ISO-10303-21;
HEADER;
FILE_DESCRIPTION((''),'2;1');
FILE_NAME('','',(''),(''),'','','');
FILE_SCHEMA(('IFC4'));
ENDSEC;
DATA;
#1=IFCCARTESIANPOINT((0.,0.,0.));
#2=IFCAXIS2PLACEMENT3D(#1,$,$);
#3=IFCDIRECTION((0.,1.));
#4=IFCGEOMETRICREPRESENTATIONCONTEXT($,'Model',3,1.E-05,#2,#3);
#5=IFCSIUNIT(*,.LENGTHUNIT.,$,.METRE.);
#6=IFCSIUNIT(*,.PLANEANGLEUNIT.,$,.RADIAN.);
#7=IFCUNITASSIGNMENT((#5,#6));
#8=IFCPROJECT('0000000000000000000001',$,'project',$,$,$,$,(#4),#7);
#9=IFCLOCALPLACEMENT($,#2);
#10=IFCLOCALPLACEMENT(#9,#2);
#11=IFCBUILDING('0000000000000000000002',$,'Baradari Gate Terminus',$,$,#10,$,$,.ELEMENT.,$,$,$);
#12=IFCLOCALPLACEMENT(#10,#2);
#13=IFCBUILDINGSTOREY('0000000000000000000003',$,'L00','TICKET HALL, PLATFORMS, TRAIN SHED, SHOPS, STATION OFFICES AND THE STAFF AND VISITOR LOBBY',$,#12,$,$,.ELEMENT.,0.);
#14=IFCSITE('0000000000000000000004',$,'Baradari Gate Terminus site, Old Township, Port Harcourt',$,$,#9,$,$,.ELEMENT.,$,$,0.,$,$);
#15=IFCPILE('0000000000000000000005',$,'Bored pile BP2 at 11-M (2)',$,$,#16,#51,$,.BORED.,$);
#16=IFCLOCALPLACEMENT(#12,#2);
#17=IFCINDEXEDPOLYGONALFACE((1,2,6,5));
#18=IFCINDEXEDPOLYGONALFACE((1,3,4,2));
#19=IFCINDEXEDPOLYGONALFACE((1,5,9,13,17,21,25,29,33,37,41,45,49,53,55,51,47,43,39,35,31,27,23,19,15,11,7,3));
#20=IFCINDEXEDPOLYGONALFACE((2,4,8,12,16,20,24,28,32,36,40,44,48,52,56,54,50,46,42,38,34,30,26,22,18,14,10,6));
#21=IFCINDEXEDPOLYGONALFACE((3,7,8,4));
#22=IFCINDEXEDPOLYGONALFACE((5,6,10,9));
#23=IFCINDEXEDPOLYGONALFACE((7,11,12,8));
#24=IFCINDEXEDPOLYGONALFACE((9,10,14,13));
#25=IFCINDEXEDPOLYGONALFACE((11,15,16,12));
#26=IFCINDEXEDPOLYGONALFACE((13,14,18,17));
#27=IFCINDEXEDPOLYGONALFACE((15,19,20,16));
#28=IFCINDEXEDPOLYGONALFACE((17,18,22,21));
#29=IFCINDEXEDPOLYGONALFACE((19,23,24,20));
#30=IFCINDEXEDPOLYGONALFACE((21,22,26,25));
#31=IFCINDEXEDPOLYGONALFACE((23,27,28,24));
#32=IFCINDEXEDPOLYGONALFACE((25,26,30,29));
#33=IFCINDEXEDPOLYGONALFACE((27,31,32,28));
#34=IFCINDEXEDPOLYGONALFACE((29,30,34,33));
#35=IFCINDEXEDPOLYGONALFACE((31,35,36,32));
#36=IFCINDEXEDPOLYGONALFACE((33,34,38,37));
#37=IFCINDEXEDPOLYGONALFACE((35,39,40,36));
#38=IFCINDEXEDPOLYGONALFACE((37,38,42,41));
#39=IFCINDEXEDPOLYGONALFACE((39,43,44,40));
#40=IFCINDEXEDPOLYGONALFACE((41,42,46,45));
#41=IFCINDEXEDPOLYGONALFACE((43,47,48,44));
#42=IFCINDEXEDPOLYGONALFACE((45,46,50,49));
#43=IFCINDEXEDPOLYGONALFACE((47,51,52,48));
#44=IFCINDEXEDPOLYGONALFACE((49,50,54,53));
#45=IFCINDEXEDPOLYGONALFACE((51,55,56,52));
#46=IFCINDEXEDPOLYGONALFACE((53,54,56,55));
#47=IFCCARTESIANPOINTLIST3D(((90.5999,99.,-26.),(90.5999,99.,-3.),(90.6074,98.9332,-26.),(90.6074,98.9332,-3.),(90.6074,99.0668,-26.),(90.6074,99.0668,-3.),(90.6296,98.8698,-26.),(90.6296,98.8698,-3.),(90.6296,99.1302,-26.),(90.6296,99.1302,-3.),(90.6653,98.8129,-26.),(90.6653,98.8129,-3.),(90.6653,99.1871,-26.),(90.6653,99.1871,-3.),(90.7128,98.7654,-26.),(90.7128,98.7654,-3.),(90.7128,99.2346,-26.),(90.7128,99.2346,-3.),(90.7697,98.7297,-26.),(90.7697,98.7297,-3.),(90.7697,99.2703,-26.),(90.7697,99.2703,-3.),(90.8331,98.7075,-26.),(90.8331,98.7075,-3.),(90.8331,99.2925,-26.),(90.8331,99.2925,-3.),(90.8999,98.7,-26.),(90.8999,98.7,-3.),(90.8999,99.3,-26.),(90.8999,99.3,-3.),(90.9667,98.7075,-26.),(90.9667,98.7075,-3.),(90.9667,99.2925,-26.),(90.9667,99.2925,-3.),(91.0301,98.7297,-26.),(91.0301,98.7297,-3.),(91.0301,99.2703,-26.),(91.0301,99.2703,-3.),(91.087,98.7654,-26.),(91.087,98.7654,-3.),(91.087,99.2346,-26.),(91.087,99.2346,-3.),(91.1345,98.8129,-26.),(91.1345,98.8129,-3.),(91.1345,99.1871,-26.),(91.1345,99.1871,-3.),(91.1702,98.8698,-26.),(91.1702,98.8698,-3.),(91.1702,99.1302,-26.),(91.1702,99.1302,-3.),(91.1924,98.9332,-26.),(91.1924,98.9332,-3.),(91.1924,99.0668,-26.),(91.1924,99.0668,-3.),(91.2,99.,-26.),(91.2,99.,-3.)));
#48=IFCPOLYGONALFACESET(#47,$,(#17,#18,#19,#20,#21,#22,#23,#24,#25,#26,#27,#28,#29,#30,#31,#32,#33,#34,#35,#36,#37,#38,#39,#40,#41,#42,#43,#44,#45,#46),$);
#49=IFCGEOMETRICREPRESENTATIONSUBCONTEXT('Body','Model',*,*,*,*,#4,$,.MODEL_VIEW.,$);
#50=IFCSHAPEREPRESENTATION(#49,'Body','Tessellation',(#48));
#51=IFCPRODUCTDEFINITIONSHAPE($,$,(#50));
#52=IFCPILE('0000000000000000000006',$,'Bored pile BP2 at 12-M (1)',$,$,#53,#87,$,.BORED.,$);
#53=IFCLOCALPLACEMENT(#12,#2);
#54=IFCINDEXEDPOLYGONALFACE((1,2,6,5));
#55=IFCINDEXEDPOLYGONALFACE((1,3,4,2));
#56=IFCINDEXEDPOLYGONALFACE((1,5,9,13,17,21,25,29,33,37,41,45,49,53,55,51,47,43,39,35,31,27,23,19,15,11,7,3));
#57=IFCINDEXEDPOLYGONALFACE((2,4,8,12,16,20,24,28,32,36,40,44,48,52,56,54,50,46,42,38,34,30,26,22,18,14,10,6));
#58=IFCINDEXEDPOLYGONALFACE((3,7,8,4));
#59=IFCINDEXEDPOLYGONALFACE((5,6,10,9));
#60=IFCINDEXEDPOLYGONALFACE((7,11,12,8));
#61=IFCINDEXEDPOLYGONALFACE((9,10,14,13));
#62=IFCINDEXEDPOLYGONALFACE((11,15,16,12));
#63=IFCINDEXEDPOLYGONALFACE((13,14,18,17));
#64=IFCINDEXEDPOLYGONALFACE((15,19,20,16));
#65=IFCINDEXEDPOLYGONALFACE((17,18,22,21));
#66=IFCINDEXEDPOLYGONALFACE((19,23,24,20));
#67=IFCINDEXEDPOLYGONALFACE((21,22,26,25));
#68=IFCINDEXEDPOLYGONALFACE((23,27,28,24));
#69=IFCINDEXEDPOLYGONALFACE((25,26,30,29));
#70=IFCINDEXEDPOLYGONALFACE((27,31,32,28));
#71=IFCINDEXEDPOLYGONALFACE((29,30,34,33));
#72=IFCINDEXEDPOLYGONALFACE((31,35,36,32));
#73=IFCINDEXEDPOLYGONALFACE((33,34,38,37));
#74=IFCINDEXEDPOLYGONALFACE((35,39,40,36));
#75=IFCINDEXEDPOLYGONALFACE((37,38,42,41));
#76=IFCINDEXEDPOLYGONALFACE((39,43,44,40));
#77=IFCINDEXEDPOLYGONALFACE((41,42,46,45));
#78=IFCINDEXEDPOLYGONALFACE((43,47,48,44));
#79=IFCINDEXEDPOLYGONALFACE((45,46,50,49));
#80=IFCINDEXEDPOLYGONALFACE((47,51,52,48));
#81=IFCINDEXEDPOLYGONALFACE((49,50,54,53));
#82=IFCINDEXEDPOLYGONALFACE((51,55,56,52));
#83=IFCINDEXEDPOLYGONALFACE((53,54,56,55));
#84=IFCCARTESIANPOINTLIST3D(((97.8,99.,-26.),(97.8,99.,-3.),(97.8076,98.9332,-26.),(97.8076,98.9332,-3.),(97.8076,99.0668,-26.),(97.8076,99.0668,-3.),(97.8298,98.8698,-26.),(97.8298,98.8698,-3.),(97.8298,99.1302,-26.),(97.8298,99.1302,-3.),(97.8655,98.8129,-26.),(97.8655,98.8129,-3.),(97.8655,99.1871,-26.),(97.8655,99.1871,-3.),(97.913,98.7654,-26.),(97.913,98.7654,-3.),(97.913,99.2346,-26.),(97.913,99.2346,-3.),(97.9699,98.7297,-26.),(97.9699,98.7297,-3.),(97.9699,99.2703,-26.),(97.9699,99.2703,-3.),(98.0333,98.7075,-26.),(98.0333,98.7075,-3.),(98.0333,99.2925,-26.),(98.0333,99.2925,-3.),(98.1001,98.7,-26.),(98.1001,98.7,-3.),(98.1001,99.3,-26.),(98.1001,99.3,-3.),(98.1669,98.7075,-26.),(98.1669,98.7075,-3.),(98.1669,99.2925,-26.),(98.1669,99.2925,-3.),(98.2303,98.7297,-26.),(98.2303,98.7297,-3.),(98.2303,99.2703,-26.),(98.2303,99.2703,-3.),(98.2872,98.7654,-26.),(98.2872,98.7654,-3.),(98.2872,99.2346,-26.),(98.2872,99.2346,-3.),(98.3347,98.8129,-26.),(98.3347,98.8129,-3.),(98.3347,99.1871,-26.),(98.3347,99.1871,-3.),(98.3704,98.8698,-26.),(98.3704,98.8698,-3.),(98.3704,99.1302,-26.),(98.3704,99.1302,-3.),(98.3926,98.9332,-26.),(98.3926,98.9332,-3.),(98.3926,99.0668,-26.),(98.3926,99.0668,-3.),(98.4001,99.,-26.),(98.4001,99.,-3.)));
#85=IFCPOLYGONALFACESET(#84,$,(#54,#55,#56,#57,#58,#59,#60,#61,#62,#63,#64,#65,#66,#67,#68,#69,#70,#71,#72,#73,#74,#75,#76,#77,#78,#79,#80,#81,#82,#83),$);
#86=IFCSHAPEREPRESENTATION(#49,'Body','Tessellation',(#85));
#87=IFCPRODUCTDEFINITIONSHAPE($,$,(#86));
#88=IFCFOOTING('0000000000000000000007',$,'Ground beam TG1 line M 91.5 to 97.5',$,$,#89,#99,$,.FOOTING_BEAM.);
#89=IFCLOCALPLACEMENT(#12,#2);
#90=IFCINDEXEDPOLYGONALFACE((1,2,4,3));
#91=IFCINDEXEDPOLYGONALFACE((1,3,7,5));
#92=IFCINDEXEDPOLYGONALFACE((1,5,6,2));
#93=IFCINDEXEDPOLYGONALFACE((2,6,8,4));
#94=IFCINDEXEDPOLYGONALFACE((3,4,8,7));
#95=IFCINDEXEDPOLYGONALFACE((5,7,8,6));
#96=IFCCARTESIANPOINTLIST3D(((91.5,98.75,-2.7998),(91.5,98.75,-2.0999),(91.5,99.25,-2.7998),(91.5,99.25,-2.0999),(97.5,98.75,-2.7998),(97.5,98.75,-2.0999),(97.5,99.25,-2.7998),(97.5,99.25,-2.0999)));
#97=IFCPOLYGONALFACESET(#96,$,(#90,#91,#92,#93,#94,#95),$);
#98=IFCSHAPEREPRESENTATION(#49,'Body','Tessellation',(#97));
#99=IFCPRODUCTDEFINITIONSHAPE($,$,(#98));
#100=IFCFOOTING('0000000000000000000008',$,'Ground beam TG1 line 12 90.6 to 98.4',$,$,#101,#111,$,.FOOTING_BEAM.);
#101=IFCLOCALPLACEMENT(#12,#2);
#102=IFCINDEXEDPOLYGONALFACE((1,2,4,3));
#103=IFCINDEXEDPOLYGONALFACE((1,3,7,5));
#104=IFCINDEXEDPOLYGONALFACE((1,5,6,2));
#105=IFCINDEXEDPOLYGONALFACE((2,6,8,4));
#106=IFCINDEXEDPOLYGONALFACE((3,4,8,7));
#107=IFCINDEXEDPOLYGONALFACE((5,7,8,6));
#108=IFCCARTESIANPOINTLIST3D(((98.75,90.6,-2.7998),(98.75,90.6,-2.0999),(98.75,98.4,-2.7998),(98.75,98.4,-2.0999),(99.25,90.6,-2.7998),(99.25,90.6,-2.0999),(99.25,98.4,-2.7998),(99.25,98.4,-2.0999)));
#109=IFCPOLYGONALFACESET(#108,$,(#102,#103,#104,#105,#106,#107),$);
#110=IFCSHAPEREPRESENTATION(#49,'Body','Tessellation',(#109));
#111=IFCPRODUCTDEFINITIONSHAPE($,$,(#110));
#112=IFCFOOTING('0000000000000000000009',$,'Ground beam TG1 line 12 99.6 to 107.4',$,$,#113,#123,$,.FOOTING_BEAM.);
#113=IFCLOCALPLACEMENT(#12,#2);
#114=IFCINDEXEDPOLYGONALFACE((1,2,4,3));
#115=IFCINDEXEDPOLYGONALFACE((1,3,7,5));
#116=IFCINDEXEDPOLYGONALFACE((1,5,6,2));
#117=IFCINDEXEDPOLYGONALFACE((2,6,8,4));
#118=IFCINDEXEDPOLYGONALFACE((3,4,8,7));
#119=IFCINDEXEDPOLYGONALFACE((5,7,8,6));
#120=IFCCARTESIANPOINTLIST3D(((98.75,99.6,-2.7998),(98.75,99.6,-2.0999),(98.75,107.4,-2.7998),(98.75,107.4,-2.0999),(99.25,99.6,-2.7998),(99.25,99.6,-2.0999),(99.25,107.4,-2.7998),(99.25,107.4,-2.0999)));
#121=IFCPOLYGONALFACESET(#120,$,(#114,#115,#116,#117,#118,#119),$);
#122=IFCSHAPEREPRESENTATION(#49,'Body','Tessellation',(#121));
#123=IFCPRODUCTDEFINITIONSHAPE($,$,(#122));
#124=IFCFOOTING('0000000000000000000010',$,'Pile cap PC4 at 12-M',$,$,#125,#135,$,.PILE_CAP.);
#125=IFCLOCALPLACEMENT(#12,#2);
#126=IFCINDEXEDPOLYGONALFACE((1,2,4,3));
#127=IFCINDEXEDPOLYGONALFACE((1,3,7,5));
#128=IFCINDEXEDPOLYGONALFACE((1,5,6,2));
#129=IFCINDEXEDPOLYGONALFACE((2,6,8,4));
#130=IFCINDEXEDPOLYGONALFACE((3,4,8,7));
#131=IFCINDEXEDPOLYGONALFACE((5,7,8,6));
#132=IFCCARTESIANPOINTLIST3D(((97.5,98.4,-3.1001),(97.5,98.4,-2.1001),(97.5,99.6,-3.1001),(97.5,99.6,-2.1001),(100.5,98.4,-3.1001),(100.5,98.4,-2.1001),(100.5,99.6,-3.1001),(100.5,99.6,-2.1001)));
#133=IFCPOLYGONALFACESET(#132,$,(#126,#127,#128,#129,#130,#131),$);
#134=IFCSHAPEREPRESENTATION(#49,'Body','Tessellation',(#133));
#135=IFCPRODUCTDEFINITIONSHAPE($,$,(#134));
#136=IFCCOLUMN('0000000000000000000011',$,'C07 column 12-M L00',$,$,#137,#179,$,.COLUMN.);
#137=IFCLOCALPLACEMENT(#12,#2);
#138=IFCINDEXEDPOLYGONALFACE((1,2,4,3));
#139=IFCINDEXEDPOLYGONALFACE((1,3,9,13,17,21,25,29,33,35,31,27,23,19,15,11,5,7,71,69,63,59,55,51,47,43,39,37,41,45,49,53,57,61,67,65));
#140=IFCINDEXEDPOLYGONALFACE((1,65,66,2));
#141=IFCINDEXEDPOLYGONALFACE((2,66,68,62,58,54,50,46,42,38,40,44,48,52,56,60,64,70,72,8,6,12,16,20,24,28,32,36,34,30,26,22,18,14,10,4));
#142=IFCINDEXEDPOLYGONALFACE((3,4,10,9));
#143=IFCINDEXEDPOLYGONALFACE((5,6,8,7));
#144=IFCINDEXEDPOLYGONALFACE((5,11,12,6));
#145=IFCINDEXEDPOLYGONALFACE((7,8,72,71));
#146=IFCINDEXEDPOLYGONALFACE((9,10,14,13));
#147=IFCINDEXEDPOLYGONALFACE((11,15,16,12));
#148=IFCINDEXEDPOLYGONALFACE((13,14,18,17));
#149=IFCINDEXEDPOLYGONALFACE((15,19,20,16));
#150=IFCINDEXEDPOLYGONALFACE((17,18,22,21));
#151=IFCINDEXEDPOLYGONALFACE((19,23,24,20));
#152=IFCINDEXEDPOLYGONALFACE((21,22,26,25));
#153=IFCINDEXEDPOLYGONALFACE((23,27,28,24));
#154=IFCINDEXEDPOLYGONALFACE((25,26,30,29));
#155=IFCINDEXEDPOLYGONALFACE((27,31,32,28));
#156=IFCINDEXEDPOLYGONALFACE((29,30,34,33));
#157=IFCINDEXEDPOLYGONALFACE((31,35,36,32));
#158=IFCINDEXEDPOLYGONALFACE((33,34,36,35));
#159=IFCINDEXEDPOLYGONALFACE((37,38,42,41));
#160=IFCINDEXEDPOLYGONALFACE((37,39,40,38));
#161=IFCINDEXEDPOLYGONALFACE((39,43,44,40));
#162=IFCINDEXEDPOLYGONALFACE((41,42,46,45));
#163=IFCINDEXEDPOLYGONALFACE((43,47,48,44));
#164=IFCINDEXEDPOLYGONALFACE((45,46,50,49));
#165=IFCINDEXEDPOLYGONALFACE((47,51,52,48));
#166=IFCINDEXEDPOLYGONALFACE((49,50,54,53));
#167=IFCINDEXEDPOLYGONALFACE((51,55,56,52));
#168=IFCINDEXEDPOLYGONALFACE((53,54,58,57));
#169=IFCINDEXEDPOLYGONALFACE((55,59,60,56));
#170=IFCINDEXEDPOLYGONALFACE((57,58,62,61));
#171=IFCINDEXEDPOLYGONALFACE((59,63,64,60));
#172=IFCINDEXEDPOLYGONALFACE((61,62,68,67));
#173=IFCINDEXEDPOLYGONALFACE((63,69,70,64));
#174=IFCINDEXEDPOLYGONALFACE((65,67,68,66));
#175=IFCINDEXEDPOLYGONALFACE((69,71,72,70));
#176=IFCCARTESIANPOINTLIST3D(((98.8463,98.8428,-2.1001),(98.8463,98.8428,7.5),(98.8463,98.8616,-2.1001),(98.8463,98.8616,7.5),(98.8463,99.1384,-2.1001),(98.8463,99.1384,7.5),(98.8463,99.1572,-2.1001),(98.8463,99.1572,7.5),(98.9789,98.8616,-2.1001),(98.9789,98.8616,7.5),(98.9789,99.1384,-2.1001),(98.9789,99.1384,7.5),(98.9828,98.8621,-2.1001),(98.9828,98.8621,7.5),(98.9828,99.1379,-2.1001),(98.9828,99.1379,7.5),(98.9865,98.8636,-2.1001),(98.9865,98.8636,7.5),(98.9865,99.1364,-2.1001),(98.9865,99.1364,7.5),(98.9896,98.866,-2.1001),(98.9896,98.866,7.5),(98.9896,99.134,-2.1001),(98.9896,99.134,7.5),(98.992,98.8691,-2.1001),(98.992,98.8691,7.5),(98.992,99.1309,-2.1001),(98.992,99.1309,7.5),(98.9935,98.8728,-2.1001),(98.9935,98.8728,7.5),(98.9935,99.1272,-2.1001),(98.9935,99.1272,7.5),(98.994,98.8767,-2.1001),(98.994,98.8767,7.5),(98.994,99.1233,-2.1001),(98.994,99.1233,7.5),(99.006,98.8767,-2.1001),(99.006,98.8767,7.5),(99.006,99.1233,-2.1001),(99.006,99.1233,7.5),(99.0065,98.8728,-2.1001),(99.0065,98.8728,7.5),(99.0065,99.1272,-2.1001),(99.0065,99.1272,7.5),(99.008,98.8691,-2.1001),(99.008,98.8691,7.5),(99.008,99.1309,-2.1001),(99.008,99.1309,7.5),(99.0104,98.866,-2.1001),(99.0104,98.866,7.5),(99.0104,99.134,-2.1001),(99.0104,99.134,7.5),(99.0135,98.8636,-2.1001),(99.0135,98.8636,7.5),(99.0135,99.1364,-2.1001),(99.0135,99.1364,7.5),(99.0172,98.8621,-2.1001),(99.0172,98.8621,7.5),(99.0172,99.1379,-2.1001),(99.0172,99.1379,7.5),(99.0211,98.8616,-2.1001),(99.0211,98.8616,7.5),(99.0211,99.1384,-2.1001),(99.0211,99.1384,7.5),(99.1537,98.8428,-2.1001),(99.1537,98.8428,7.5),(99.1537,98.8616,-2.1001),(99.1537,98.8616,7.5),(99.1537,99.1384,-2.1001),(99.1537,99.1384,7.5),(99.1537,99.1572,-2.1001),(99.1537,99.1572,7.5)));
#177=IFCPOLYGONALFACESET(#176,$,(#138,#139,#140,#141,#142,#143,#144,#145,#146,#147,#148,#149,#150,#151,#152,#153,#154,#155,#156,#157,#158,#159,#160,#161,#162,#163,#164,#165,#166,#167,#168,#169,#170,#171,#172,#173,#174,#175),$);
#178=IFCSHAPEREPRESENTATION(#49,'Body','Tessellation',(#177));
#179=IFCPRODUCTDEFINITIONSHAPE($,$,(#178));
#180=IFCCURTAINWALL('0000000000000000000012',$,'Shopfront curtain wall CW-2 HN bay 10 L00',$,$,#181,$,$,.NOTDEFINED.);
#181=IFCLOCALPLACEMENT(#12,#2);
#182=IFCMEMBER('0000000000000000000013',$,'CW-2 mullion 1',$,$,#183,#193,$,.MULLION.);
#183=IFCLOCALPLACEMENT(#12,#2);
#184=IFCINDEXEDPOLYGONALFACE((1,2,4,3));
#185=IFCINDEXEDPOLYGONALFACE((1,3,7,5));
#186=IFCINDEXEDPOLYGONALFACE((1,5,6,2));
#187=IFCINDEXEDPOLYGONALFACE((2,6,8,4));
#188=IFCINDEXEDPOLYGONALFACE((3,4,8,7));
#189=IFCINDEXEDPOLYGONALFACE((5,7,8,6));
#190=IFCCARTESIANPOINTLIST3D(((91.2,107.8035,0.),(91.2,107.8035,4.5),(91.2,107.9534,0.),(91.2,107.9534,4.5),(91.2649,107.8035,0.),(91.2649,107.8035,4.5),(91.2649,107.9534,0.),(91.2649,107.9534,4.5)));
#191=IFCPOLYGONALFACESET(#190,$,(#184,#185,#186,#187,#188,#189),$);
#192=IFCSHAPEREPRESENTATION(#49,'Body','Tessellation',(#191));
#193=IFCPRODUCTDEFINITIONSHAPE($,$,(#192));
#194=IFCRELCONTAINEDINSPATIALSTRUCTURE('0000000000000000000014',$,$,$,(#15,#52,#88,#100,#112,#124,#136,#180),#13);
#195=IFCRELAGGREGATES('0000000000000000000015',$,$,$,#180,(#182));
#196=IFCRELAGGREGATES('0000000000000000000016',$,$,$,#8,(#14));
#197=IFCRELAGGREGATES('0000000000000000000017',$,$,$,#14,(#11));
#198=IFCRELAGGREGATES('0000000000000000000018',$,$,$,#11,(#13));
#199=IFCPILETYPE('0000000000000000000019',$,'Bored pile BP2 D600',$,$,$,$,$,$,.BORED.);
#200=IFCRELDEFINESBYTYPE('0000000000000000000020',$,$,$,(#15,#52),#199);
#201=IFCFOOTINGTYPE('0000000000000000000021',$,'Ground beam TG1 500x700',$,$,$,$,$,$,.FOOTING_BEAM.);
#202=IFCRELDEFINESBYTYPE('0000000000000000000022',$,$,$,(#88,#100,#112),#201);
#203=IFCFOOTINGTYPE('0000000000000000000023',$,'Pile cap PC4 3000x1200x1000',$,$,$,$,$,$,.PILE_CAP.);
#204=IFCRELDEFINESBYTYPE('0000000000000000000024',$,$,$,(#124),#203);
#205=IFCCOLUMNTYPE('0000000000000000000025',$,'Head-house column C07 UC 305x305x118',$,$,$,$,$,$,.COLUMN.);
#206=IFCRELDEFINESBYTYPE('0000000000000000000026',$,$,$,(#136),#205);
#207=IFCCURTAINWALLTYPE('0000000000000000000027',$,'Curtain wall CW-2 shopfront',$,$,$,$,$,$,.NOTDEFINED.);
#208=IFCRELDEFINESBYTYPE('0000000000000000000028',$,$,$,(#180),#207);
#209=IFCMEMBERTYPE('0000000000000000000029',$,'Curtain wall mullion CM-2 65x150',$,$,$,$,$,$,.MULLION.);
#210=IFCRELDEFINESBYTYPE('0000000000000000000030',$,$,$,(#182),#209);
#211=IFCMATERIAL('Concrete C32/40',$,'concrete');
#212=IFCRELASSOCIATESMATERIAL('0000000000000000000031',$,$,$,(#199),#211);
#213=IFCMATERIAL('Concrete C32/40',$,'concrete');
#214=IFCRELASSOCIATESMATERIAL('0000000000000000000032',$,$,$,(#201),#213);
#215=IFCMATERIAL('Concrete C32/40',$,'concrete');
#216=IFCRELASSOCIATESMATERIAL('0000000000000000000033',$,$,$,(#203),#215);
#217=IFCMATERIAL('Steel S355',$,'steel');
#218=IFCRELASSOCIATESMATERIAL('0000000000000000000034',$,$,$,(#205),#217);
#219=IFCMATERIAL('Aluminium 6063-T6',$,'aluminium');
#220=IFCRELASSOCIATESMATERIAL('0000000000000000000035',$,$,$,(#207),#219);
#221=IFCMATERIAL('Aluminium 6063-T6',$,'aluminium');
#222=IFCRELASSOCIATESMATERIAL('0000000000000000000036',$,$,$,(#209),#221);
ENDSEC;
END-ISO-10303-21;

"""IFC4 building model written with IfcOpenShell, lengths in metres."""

from ifc_helpers import new_model, si_unit, direction, frame, origin, origin_2d, place, context, subcontext, project, spatial, rectangle, circle, i_section, extrude, material, material_profile, profile_set, type_object, element, aggregate, save


model = new_model("IFC4")

# Units and contexts
model_context = context("Model", 3, precision=1e-05, world=origin(), true_north=direction((0.0, 1.0)))
body_context = subcontext(model_context, "Body", "Model", "MODEL_VIEW")
ifc_project = project(units=[si_unit("LENGTHUNIT", "METRE"), si_unit("PLANEANGLEUNIT", "RADIAN")], contexts=[model_context])

# Site, building, storey
site_placement = place(None, origin())
site = spatial("IfcSite", under=ifc_project, at=site_placement, Name="Baradari Gate Terminus site, Old Township, Port Harcourt", CompositionType="ELEMENT", RefElevation=0.0)
building_placement = place(site_placement, origin())
building = spatial("IfcBuilding", under=site, at=building_placement, Name="Baradari Gate Terminus", CompositionType="ELEMENT")
storey_placement = place(building_placement, origin())
storey = spatial("IfcBuildingStorey", under=building, at=storey_placement, Name="L00", Description="TICKET HALL, PLATFORMS, TRAIN SHED, SHOPS, STATION OFFICES AND THE STAFF AND VISITOR LOBBY", CompositionType="ELEMENT", Elevation=0.0)

# Piles
ifc_material_1 = material(Name="Concrete C32/40", Category="concrete")
pile_type = type_object("IfcPileType", Name="Bored pile BP2 D600", PredefinedType="BORED", material=ifc_material_1)
for number, where, z_axis, x_axis, name in (
    (1, (90.8999, 99.0, -3.0), (0.0, 0.0, -1.0), (1.0, 0.0, 0.0), "Bored pile BP2 at 11-M (2)"),
    (2, (98.1001, 99.0, -3.0), (0.0, 0.0, -1.0), (1.0, 0.0, 0.0), "Bored pile BP2 at 12-M (1)"),
):
    element("IfcPile", number, at=place(storey_placement, frame(where, z_axis=z_axis, x_axis=x_axis)), inside=storey, type_object=pile_type, Name=name, PredefinedType="BORED", context=body_context, shape_type="SweptSolid", body=[
        extrude(circle(Radius=0.3, at=origin_2d()), origin(), (0.0, 0.0, 1.0), 23.0),
    ])

# Footings
ifc_material_2 = material(Name="Concrete C32/40", Category="concrete")
footing_type_1 = type_object("IfcFootingType", Name="Ground beam TG1 500x700", PredefinedType="FOOTING_BEAM", material=ifc_material_2)
footing_1_placement = place(storey_placement, frame((94.5, 99.0, -2.7998), z_axis=(0.0, 0.0, 1.0), x_axis=(1.0, 0.0, 0.0)))
element("IfcFooting", 3, at=footing_1_placement, inside=storey, type_object=footing_type_1, Name="Ground beam TG1 line M 91.5 to 97.5", PredefinedType="FOOTING_BEAM", context=body_context, shape_type="SweptSolid", body=[
    extrude(rectangle(XDim=6.0, YDim=0.5, at=origin_2d()), origin(), (0.0, 0.0, 1.0), 0.7),
])
for number, where, z_axis, x_axis, name in (
    (4, (99.0, 94.5, -2.7998), (0.0, 0.0, 1.0), (1.0, 0.0, 0.0), "Ground beam TG1 line 12 90.6 to 98.4"),
    (5, (99.0, 103.5, -2.7998), (0.0, 0.0, 1.0), (1.0, 0.0, 0.0), "Ground beam TG1 line 12 99.6 to 107.4"),
):
    element("IfcFooting", number, at=place(storey_placement, frame(where, z_axis=z_axis, x_axis=x_axis)), inside=storey, type_object=footing_type_1, Name=name, PredefinedType="FOOTING_BEAM", context=body_context, shape_type="SweptSolid", body=[
        extrude(rectangle(XDim=0.5, YDim=7.8, at=origin_2d()), origin(), (0.0, 0.0, 1.0), 0.7),
    ])
ifc_material_3 = material(Name="Concrete C32/40", Category="concrete")
footing_type_2 = type_object("IfcFootingType", Name="Pile cap PC4 3000x1200x1000", PredefinedType="PILE_CAP", material=ifc_material_3)
footing_2_placement = place(storey_placement, frame((99.0, 99.0, -3.1001), z_axis=(0.0, 0.0, 1.0), x_axis=(1.0, 0.0, 0.0)))
element("IfcFooting", 6, at=footing_2_placement, inside=storey, type_object=footing_type_2, Name="Pile cap PC4 at 12-M", PredefinedType="PILE_CAP", context=body_context, shape_type="SweptSolid", body=[
    extrude(rectangle(XDim=3.0, YDim=1.2, at=origin_2d()), origin(), (0.0, 0.0, 1.0), 1.0),
])

# Column
ifc_material_4 = material(Name="Steel S355", Category="steel")
ifc_material_profile_1 = material_profile(ifc_material_4, i_section(OverallWidth=0.3074, OverallDepth=0.3145, WebThickness=0.012, FlangeThickness=0.0188, FilletRadius=0.0151, at=origin_2d()), Name="UC 305x305x118")
ifc_profile_set_1 = profile_set([ifc_material_profile_1], Name="Steel S355")
column_type = type_object("IfcColumnType", Name="Head-house column C07 UC 305x305x118", PredefinedType="COLUMN", material=ifc_profile_set_1)
column_placement = place(storey_placement, frame((99.0, 99.0, -2.1001), z_axis=(0.0, 0.0, 1.0), x_axis=(1.0, 0.0, 0.0)))
element("IfcColumn", 7, at=column_placement, inside=storey, type_object=column_type, Name="C07 column 12-M L00", PredefinedType="COLUMN", context=body_context, shape_type="SweptSolid", body=[
    extrude(i_section(OverallWidth=0.3074, OverallDepth=0.3145, WebThickness=0.012, FlangeThickness=0.0188, FilletRadius=0.0151, at=origin_2d()), origin(), (0.0, 0.0, 1.0), 9.6001),
])

# Curtain wall, member
ifc_material_5 = material(Name="Aluminium 6063-T6", Category="aluminium")
curtain_wall_type = type_object("IfcCurtainWallType", Name="Curtain wall CW-2 shopfront", PredefinedType="NOTDEFINED", material=ifc_material_5)
curtain_wall_1_placement = place(storey_placement, origin())
curtain_wall_1 = element("IfcCurtainWall", 8, at=curtain_wall_1_placement, inside=storey, type_object=curtain_wall_type, Name="Shopfront curtain wall CW-2 HN bay 10 L00", PredefinedType="NOTDEFINED")
ifc_material_6 = material(Name="Aluminium 6063-T6", Category="aluminium")
ifc_material_profile_2 = material_profile(ifc_material_6, rectangle(XDim=0.1499, YDim=0.0649, at=origin_2d()), Name="CM-2 65X150")
ifc_profile_set_2 = profile_set([ifc_material_profile_2], Name="Aluminium 6063-T6")
member_type_1 = type_object("IfcMemberType", Name="Curtain wall mullion CM-2 65x150", PredefinedType="MULLION", material=ifc_profile_set_2)
member_1_placement = place(storey_placement, frame((91.2324, 107.8784, 0.0), z_axis=(0.0, 0.0, 1.0), x_axis=(0.0, 1.0, 0.0)))
member_1 = element("IfcMember", 9, at=member_1_placement, type_object=member_type_1, Name="CW-2 mullion 1", PredefinedType="MULLION", context=body_context, shape_type="SweptSolid", body=[
    extrude(rectangle(XDim=0.1499, YDim=0.0649, at=origin_2d()), origin(), (0.0, 0.0, 1.0), 4.5),
])

aggregate(curtain_wall_1, [member_1])

save(model, "model.ifc")
